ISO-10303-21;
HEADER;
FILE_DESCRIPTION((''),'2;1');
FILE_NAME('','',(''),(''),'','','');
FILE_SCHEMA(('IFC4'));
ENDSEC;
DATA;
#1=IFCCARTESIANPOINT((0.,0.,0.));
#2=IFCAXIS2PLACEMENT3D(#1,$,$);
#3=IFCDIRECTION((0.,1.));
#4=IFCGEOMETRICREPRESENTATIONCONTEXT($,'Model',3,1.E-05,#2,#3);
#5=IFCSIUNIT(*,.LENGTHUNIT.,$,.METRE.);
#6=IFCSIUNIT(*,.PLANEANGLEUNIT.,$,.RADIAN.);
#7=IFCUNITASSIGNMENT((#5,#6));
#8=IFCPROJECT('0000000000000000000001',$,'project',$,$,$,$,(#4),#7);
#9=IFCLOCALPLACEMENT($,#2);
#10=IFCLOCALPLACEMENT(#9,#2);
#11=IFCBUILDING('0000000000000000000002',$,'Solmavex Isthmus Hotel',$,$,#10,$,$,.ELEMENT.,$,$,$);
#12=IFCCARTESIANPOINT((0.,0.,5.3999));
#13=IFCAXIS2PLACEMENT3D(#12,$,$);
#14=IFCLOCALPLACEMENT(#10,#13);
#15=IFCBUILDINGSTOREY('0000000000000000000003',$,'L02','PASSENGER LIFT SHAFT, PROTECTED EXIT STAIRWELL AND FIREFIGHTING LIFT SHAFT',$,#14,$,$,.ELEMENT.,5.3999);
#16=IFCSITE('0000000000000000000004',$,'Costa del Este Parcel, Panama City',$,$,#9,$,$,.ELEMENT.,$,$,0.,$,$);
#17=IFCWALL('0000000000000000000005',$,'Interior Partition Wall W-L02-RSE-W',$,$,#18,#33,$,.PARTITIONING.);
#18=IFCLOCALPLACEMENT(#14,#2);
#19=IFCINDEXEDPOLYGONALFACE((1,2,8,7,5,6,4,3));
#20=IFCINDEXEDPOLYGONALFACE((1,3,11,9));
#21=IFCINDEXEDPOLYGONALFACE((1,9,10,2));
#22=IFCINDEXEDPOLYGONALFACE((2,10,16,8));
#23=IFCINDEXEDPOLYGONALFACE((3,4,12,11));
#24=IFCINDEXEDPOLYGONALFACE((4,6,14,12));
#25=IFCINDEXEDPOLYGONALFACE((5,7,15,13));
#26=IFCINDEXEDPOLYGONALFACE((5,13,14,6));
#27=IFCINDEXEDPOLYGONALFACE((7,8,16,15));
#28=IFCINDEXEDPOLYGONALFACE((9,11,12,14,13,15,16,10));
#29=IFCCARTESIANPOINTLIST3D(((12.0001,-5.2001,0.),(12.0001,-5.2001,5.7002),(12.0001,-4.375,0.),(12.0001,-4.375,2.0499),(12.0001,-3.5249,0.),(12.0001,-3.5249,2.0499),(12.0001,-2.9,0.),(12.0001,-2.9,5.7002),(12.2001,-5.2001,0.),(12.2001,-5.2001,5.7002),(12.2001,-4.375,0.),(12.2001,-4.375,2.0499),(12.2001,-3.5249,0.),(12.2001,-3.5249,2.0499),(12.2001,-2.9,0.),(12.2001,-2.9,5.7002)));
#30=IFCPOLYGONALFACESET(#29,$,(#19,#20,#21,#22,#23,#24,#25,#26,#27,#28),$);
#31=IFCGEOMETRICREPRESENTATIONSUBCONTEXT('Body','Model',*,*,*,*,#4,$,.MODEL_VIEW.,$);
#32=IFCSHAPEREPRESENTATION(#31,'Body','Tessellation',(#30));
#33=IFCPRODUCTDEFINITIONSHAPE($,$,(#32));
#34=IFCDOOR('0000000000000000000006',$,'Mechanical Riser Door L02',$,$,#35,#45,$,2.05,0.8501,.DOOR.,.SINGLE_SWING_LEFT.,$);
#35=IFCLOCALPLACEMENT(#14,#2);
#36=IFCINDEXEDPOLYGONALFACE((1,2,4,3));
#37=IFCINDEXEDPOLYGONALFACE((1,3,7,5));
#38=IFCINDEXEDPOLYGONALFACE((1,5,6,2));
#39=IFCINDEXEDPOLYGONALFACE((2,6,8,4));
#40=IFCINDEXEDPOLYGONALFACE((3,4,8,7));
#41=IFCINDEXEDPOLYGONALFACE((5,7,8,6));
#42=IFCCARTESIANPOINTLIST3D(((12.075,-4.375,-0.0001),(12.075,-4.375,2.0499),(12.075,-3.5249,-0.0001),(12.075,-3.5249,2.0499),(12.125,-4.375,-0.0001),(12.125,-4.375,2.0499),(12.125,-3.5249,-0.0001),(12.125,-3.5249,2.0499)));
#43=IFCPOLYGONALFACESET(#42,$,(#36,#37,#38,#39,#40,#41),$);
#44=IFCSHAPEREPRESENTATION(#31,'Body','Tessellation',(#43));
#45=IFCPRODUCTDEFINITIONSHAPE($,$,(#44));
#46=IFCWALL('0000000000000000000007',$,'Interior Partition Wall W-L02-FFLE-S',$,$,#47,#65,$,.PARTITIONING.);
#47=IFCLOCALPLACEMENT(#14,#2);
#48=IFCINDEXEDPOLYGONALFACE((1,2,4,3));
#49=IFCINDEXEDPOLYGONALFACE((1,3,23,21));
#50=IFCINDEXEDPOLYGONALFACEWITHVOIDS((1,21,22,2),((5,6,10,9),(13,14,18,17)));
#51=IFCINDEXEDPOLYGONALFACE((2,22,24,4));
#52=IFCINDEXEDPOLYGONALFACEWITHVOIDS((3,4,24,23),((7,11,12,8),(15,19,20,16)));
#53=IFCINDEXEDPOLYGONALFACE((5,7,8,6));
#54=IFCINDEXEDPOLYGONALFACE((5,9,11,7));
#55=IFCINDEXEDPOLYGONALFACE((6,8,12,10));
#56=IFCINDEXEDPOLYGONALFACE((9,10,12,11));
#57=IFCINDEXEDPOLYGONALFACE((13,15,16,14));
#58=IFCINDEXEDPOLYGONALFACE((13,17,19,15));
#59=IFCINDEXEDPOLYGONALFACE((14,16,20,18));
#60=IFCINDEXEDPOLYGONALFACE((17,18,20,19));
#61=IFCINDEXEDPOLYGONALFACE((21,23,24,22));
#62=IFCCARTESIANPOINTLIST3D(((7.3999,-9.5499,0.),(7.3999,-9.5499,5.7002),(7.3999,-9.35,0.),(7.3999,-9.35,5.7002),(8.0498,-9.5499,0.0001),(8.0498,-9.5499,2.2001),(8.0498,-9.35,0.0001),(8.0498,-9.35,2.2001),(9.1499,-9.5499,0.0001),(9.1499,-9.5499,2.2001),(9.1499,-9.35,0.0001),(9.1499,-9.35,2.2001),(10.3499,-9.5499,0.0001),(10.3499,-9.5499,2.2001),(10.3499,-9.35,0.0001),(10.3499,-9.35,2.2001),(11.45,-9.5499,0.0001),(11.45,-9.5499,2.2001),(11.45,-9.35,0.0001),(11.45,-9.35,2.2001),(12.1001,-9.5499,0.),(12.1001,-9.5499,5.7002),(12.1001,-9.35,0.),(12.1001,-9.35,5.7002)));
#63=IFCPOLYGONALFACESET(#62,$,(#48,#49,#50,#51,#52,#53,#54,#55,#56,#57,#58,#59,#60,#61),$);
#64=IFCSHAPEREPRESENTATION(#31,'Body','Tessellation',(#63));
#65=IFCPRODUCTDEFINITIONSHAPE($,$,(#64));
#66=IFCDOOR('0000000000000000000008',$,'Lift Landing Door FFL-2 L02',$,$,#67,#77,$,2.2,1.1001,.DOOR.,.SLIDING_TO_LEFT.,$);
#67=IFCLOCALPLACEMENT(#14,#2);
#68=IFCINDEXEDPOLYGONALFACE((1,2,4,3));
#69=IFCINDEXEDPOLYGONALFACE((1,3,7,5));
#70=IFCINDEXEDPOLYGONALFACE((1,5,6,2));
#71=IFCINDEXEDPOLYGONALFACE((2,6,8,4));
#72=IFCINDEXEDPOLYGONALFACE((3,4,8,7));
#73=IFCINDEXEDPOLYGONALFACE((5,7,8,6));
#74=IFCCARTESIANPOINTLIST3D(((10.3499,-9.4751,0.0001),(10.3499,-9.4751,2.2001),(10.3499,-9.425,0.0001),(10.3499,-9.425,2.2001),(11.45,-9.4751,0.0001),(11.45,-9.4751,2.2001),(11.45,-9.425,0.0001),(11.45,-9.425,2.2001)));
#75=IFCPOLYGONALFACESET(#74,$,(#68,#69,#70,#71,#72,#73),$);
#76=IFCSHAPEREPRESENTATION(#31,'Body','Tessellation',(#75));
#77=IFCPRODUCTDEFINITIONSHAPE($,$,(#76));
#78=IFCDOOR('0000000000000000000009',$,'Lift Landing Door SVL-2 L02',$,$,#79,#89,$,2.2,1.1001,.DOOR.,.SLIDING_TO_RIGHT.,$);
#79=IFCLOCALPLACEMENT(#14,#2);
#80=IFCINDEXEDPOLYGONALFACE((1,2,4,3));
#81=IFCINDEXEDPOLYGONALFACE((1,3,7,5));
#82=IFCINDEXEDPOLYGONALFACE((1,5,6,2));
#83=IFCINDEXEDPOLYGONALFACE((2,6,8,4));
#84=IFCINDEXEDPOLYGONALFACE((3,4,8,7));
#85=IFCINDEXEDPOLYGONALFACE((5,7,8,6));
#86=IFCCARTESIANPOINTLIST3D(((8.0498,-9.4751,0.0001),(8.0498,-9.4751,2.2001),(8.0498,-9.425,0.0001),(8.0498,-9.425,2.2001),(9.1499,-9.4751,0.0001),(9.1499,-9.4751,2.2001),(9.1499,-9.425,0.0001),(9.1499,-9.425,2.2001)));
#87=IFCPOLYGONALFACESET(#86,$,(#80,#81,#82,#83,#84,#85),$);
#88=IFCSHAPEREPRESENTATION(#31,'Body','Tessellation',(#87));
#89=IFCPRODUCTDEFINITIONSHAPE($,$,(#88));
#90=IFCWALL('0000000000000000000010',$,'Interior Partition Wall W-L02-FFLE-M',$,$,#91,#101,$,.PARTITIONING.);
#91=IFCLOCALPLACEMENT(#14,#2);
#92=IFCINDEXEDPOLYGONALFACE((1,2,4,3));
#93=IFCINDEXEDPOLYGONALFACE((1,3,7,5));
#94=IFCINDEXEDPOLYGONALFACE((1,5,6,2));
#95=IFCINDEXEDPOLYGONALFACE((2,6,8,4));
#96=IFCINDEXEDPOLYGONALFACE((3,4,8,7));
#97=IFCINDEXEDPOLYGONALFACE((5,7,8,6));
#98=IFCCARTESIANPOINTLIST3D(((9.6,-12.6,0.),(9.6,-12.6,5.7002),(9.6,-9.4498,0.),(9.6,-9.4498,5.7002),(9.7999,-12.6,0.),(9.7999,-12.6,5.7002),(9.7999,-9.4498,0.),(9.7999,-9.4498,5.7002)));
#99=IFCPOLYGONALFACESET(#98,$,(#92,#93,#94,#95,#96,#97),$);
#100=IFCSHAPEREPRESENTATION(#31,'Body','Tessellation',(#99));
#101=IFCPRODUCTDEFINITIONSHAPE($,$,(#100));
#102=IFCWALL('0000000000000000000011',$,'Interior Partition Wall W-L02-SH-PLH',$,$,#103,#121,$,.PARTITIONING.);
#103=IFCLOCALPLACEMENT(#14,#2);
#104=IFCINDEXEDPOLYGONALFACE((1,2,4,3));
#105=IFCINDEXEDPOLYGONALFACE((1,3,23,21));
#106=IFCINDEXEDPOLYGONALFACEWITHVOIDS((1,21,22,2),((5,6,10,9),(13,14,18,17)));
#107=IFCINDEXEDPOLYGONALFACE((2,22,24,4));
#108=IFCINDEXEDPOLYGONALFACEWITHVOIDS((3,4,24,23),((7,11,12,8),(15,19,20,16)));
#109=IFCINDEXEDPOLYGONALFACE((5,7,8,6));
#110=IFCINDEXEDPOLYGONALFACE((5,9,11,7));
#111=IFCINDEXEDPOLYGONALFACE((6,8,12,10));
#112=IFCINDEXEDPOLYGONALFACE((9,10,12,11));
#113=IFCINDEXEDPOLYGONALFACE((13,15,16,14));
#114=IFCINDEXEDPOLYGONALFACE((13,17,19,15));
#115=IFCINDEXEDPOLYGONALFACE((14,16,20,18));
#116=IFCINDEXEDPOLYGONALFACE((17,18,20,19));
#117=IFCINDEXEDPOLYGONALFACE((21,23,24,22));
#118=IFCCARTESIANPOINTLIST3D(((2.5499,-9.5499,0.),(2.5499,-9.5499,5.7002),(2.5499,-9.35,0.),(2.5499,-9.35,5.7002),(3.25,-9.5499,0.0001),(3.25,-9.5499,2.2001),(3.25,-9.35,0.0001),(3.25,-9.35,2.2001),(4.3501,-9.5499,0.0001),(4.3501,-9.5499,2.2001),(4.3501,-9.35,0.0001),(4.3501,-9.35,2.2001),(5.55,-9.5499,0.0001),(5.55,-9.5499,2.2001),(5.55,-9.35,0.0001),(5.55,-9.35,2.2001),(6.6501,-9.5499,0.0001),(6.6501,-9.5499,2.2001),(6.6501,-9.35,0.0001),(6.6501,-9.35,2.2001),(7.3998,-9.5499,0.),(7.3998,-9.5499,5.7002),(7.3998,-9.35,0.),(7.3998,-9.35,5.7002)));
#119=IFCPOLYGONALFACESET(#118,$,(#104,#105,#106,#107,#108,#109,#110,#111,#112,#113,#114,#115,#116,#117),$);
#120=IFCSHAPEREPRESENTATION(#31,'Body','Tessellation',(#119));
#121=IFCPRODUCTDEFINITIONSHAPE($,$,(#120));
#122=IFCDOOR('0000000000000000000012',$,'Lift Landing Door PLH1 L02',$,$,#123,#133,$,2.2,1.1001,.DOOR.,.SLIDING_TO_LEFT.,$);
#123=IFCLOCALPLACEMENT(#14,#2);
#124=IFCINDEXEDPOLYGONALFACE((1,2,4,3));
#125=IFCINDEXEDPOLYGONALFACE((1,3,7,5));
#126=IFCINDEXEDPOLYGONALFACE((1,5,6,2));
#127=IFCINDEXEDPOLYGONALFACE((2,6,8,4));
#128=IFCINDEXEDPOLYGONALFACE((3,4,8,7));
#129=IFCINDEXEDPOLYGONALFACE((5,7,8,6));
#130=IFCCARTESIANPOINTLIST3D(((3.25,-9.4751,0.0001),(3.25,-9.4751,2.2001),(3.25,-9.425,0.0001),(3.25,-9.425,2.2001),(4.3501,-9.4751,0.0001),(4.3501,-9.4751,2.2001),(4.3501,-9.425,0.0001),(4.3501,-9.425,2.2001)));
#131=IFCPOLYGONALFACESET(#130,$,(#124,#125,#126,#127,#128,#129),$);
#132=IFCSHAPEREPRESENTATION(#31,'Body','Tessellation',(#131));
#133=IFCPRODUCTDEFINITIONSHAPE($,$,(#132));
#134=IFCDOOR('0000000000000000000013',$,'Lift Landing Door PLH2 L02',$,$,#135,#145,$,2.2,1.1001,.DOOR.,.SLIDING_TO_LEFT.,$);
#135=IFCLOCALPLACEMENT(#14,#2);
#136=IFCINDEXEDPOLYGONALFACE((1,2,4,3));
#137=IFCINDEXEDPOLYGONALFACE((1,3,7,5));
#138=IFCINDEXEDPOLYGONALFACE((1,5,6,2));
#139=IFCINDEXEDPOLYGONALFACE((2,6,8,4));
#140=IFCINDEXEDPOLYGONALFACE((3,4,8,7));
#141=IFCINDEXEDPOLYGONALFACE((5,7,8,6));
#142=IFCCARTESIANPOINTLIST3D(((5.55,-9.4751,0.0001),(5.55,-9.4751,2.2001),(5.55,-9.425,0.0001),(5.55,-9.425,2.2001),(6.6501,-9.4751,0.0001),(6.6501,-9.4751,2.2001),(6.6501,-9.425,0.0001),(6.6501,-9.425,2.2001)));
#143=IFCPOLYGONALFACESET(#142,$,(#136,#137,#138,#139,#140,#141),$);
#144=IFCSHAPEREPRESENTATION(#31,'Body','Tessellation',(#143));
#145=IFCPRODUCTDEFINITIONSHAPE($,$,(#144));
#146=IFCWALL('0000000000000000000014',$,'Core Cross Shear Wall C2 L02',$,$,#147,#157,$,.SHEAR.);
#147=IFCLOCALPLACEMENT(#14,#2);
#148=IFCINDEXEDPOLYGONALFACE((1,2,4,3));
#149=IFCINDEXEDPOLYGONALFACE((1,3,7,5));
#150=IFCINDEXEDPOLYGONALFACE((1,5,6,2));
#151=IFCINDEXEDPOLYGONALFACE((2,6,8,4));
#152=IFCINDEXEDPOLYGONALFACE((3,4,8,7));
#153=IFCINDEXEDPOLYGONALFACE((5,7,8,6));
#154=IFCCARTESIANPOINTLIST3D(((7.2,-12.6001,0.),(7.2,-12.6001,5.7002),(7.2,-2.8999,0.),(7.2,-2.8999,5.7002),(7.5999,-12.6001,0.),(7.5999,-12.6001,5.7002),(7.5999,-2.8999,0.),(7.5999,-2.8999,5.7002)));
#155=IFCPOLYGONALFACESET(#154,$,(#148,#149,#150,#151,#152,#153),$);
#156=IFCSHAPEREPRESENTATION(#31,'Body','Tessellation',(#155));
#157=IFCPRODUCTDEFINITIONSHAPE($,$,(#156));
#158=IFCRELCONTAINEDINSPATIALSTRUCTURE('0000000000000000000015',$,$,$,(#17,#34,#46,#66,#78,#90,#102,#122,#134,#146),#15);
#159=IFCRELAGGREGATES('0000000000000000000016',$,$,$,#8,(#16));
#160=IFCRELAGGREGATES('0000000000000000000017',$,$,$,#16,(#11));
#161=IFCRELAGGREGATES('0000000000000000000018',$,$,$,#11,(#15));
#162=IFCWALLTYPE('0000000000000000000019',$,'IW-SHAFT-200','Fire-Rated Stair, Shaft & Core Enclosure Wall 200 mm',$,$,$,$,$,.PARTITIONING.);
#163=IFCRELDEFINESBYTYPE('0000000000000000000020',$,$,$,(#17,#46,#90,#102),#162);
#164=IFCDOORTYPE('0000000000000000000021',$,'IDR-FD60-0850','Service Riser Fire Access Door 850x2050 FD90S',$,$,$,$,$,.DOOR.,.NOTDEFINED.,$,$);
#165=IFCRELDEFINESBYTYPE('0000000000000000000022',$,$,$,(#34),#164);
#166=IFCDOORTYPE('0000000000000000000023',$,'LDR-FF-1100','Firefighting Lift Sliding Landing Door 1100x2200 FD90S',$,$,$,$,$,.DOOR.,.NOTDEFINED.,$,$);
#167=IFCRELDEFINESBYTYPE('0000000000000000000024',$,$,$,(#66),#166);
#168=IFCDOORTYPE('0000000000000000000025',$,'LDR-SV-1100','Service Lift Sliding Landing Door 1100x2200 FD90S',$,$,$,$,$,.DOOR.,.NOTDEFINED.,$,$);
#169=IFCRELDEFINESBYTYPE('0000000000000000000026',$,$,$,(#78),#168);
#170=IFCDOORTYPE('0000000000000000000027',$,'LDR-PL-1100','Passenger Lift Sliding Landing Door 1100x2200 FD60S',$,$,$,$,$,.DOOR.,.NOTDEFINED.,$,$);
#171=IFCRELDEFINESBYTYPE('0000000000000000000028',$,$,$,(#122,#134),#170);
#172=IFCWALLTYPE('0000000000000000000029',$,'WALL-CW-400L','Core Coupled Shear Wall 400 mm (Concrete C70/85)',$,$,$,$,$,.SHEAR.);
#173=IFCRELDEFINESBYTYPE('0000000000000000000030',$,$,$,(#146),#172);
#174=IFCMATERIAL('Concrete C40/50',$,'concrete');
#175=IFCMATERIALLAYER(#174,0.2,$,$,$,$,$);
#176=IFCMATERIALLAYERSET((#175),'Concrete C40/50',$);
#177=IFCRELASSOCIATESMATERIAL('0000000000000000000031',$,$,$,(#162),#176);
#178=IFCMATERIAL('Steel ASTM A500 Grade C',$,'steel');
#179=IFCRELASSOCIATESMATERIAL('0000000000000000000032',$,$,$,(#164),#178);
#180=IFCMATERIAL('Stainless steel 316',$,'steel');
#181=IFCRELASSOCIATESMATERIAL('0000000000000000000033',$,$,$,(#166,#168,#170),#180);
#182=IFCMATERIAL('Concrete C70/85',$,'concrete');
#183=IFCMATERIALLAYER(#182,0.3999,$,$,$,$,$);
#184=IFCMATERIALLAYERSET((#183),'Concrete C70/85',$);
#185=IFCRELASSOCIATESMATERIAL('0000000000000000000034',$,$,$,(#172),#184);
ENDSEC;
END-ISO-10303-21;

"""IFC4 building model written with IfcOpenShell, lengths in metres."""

from ifc_helpers import new_model, si_unit, direction, frame, frame_2d, origin, place, context, subcontext, project, spatial, rectangle, extrude, material, layer, layer_set, type_object, element, fill, save


model = new_model("IFC4")

# Units and contexts
model_context = context("Model", 3, precision=1e-05, world=origin(), true_north=direction((0.0, 1.0)))
body_context = subcontext(model_context, "Body", "Model", "MODEL_VIEW")
ifc_project = project(units=[si_unit("LENGTHUNIT", "METRE"), si_unit("PLANEANGLEUNIT", "RADIAN")], contexts=[model_context])

# Site, building, storey
site_placement = place(None, origin())
site = spatial("IfcSite", under=ifc_project, at=site_placement, Name="Costa del Este Parcel, Panama City", CompositionType="ELEMENT", RefElevation=0.0)
building_placement = place(site_placement, origin())
building = spatial("IfcBuilding", under=site, at=building_placement, Name="Solmavex Isthmus Hotel", CompositionType="ELEMENT")
storey_placement = place(building_placement, frame((0.0, 0.0, 5.3999)))
storey = spatial("IfcBuildingStorey", under=building, at=storey_placement, Name="L02", Description="PASSENGER LIFT SHAFT, PROTECTED EXIT STAIRWELL AND FIREFIGHTING LIFT SHAFT", CompositionType="ELEMENT", Elevation=5.3999)

# Shared definitions
ifc_material_1 = material(Name="Concrete C70/85", Category="concrete")

# Wall, opening, door
ifc_material_2 = material(Name="Concrete C40/50", Category="concrete")
ifc_layer_1 = layer(ifc_material_2, 0.2)
ifc_layer_set_1 = layer_set([ifc_layer_1], Name="Concrete C40/50")
wall_type_1 = type_object("IfcWallType", Name="IW-SHAFT-200", Description="Fire-Rated Stair, Shaft & Core Enclosure Wall 200 mm", PredefinedType="PARTITIONING", material=ifc_layer_set_1)
wall_1_placement = place(storey_placement, frame((12.1001, -5.2, 0.0), z_axis=(0.0, 0.0, 1.0), x_axis=(0.0, 1.0, 0.0)))
wall_1 = element("IfcWall", 1, at=wall_1_placement, inside=storey, type_object=wall_type_1, Name="Interior Partition Wall W-L02-RSE-W", PredefinedType="PARTITIONING", context=body_context, shape_type="SweptSolid", body=[
    extrude(rectangle(XDim=2.3, YDim=0.2, at=frame_2d((1.1499, 0.0))), origin(), (0.0, 0.0, 1.0), 5.7002),
])
opening_1_placement = place(wall_1_placement, frame((0.825, 0.0, 0.0)))
opening_1 = element("IfcOpeningElement", 2, at=opening_1_placement, cuts=wall_1, PredefinedType="OPENING", context=body_context, shape_type="SweptSolid", body=[
    extrude(rectangle(XDim=0.8501, YDim=2.05, at=frame_2d((0.425, 1.0249))), frame((0.0, 0.1099, 0.0), z_axis=(0.0, -1.0, 0.0), x_axis=(1.0, 0.0, 0.0)), (0.0, 0.0, 1.0), 0.22),
])
ifc_material_3 = material(Name="Steel ASTM A500 Grade C", Category="steel")
door_type_1 = type_object("IfcDoorType", Name="IDR-FD60-0850", Description="Service Riser Fire Access Door 850x2050 FD90S", OperationType="NOTDEFINED", PredefinedType="DOOR", material=ifc_material_3)
door_1_placement = place(opening_1_placement, frame((0.8501, 0.0, 0.0), z_axis=(0.0, 0.0, 1.0), x_axis=(-1.0, 0.0, 0.0)))
door_1 = element("IfcDoor", 3, at=door_1_placement, inside=storey, type_object=door_type_1, Name="Mechanical Riser Door L02", OperationType="SINGLE_SWING_LEFT", OverallHeight=2.05, OverallWidth=0.8501, PredefinedType="DOOR", context=body_context, shape_type="SweptSolid", body=[
    extrude(rectangle(XDim=0.8501, YDim=2.05, at=frame_2d((0.425, 1.0249))), frame((0.0, 0.0249, 0.0), z_axis=(0.0, -1.0, 0.0), x_axis=(1.0, 0.0, 0.0)), (0.0, 0.0, 1.0), 0.05),
])
fill(opening_1, door_1)

# Wall, openings, doors
wall_2_placement = place(storey_placement, frame((7.3999, -9.45, 0.0), z_axis=(0.0, 0.0, 1.0), x_axis=(1.0, 0.0, 0.0)))
wall_2 = element("IfcWall", 4, at=wall_2_placement, inside=storey, type_object=wall_type_1, Name="Interior Partition Wall W-L02-FFLE-S", PredefinedType="PARTITIONING", context=body_context, shape_type="SweptSolid", body=[
    extrude(rectangle(XDim=4.7002, YDim=0.2, at=frame_2d((2.3501, 0.0))), origin(), (0.0, 0.0, 1.0), 5.7002),
])
opening_2_placement = place(wall_2_placement, frame((2.95, 0.0, 0.0)))
opening_2 = element("IfcOpeningElement", 5, at=opening_2_placement, cuts=wall_2, PredefinedType="OPENING", context=body_context, shape_type="SweptSolid", body=[
    extrude(rectangle(XDim=1.1001, YDim=2.2, at=frame_2d((0.55, 1.1001))), frame((0.0, 0.1099, 0.0), z_axis=(0.0, -1.0, 0.0), x_axis=(1.0, 0.0, 0.0)), (0.0, 0.0, 1.0), 0.22),
])
opening_3_placement = place(wall_2_placement, frame((0.6499, 0.0, 0.0)))
opening_3 = element("IfcOpeningElement", 6, at=opening_3_placement, cuts=wall_2, PredefinedType="OPENING", context=body_context, shape_type="SweptSolid", body=[
    extrude(rectangle(XDim=1.1001, YDim=2.2, at=frame_2d((0.55, 1.1001))), frame((0.0, 0.1099, 0.0), z_axis=(0.0, -1.0, 0.0), x_axis=(1.0, 0.0, 0.0)), (0.0, 0.0, 1.0), 0.22),
])
ifc_material_4 = material(Name="Stainless steel 316", Category="steel")
door_type_2 = type_object("IfcDoorType", Name="LDR-FF-1100", Description="Firefighting Lift Sliding Landing Door 1100x2200 FD90S", OperationType="NOTDEFINED", PredefinedType="DOOR", material=ifc_material_4)
door_2_placement = place(opening_2_placement, origin())
door_2 = element("IfcDoor", 7, at=door_2_placement, inside=storey, type_object=door_type_2, Name="Lift Landing Door FFL-2 L02", OperationType="SLIDING_TO_LEFT", OverallHeight=2.2, OverallWidth=1.1001, PredefinedType="DOOR", context=body_context, shape_type="SweptSolid", body=[
    extrude(rectangle(XDim=1.1001, YDim=2.2, at=frame_2d((0.55, 1.1001))), frame((0.0, 0.0249, 0.0), z_axis=(0.0, -1.0, 0.0), x_axis=(1.0, 0.0, 0.0)), (0.0, 0.0, 1.0), 0.05),
])
fill(opening_2, door_2)
door_type_3 = type_object("IfcDoorType", Name="LDR-SV-1100", Description="Service Lift Sliding Landing Door 1100x2200 FD90S", OperationType="NOTDEFINED", PredefinedType="DOOR", material=ifc_material_4)
door_3_placement = place(opening_3_placement, origin())
door_3 = element("IfcDoor", 8, at=door_3_placement, inside=storey, type_object=door_type_3, Name="Lift Landing Door SVL-2 L02", OperationType="SLIDING_TO_RIGHT", OverallHeight=2.2, OverallWidth=1.1001, PredefinedType="DOOR", context=body_context, shape_type="SweptSolid", body=[
    extrude(rectangle(XDim=1.1001, YDim=2.2, at=frame_2d((0.55, 1.1001))), frame((0.0, 0.0249, 0.0), z_axis=(0.0, -1.0, 0.0), x_axis=(1.0, 0.0, 0.0)), (0.0, 0.0, 1.0), 0.05),
])
fill(opening_3, door_3)

# Wall
wall_3_placement = place(storey_placement, frame((9.7, -12.6001, 0.0), z_axis=(0.0, 0.0, 1.0), x_axis=(0.0, 1.0, 0.0)))
element("IfcWall", 9, at=wall_3_placement, inside=storey, type_object=wall_type_1, Name="Interior Partition Wall W-L02-FFLE-M", PredefinedType="PARTITIONING", context=body_context, shape_type="SweptSolid", body=[
    extrude(rectangle(XDim=3.1501, YDim=0.2, at=frame_2d((1.5752, 0.0))), origin(), (0.0, 0.0, 1.0), 5.7002),
])

# Wall, openings, doors
wall_4_placement = place(storey_placement, frame((2.55, -9.45, 0.0), z_axis=(0.0, 0.0, 1.0), x_axis=(1.0, 0.0, 0.0)))
wall_4 = element("IfcWall", 10, at=wall_4_placement, inside=storey, type_object=wall_type_1, Name="Interior Partition Wall W-L02-SH-PLH", PredefinedType="PARTITIONING", context=body_context, shape_type="SweptSolid", body=[
    extrude(rectangle(XDim=4.8499, YDim=0.2, at=frame_2d((2.4248, 0.0))), origin(), (0.0, 0.0, 1.0), 5.7002),
])
opening_4_placement = place(wall_4_placement, frame((0.7, 0.0, 0.0)))
opening_4 = element("IfcOpeningElement", 11, at=opening_4_placement, cuts=wall_4, PredefinedType="OPENING", context=body_context, shape_type="SweptSolid", body=[
    extrude(rectangle(XDim=1.1001, YDim=2.2, at=frame_2d((0.55, 1.1001))), frame((0.0, 0.1099, 0.0), z_axis=(0.0, -1.0, 0.0), x_axis=(1.0, 0.0, 0.0)), (0.0, 0.0, 1.0), 0.22),
])
opening_5_placement = place(wall_4_placement, frame((3.0, 0.0, 0.0)))
opening_5 = element("IfcOpeningElement", 12, at=opening_5_placement, cuts=wall_4, PredefinedType="OPENING", context=body_context, shape_type="SweptSolid", body=[
    extrude(rectangle(XDim=1.1001, YDim=2.2, at=frame_2d((0.55, 1.1001))), frame((0.0, 0.1099, 0.0), z_axis=(0.0, -1.0, 0.0), x_axis=(1.0, 0.0, 0.0)), (0.0, 0.0, 1.0), 0.22),
])
door_type_4 = type_object("IfcDoorType", Name="LDR-PL-1100", Description="Passenger Lift Sliding Landing Door 1100x2200 FD60S", OperationType="NOTDEFINED", PredefinedType="DOOR", material=ifc_material_4)
door_4_placement = place(opening_4_placement, origin())
door_4 = element("IfcDoor", 13, at=door_4_placement, inside=storey, type_object=door_type_4, Name="Lift Landing Door PLH1 L02", OperationType="SLIDING_TO_LEFT", OverallHeight=2.2, OverallWidth=1.1001, PredefinedType="DOOR", context=body_context, shape_type="SweptSolid", body=[
    extrude(rectangle(XDim=1.1001, YDim=2.2, at=frame_2d((0.55, 1.1001))), frame((0.0, 0.0249, 0.0), z_axis=(0.0, -1.0, 0.0), x_axis=(1.0, 0.0, 0.0)), (0.0, 0.0, 1.0), 0.05),
])
fill(opening_4, door_4)
door_5_placement = place(opening_5_placement, origin())
door_5 = element("IfcDoor", 14, at=door_5_placement, inside=storey, type_object=door_type_4, Name="Lift Landing Door PLH2 L02", OperationType="SLIDING_TO_LEFT", OverallHeight=2.2, OverallWidth=1.1001, PredefinedType="DOOR", context=body_context, shape_type="SweptSolid", body=[
    extrude(rectangle(XDim=1.1001, YDim=2.2, at=frame_2d((0.55, 1.1001))), frame((0.0, 0.0249, 0.0), z_axis=(0.0, -1.0, 0.0), x_axis=(1.0, 0.0, 0.0)), (0.0, 0.0, 1.0), 0.05),
])
fill(opening_5, door_5)

# Wall
ifc_layer_2 = layer(ifc_material_1, 0.3999)
ifc_layer_set_2 = layer_set([ifc_layer_2], Name="Concrete C70/85")
wall_type_2 = type_object("IfcWallType", Name="WALL-CW-400L", Description="Core Coupled Shear Wall 400 mm (Concrete C70/85)", PredefinedType="SHEAR", material=ifc_layer_set_2)
wall_5_placement = place(storey_placement, frame((7.3999, -12.6001, 0.0), z_axis=(0.0, 0.0, 1.0), x_axis=(0.0, 1.0, 0.0)))
element("IfcWall", 15, at=wall_5_placement, inside=storey, type_object=wall_type_2, Name="Core Cross Shear Wall C2 L02", PredefinedType="SHEAR", context=body_context, shape_type="SweptSolid", body=[
    extrude(rectangle(XDim=9.7002, YDim=0.3999, at=frame_2d((4.8501, 0.0))), origin(), (0.0, 0.0, 1.0), 5.7002),
])

save(model, "model.ifc")
